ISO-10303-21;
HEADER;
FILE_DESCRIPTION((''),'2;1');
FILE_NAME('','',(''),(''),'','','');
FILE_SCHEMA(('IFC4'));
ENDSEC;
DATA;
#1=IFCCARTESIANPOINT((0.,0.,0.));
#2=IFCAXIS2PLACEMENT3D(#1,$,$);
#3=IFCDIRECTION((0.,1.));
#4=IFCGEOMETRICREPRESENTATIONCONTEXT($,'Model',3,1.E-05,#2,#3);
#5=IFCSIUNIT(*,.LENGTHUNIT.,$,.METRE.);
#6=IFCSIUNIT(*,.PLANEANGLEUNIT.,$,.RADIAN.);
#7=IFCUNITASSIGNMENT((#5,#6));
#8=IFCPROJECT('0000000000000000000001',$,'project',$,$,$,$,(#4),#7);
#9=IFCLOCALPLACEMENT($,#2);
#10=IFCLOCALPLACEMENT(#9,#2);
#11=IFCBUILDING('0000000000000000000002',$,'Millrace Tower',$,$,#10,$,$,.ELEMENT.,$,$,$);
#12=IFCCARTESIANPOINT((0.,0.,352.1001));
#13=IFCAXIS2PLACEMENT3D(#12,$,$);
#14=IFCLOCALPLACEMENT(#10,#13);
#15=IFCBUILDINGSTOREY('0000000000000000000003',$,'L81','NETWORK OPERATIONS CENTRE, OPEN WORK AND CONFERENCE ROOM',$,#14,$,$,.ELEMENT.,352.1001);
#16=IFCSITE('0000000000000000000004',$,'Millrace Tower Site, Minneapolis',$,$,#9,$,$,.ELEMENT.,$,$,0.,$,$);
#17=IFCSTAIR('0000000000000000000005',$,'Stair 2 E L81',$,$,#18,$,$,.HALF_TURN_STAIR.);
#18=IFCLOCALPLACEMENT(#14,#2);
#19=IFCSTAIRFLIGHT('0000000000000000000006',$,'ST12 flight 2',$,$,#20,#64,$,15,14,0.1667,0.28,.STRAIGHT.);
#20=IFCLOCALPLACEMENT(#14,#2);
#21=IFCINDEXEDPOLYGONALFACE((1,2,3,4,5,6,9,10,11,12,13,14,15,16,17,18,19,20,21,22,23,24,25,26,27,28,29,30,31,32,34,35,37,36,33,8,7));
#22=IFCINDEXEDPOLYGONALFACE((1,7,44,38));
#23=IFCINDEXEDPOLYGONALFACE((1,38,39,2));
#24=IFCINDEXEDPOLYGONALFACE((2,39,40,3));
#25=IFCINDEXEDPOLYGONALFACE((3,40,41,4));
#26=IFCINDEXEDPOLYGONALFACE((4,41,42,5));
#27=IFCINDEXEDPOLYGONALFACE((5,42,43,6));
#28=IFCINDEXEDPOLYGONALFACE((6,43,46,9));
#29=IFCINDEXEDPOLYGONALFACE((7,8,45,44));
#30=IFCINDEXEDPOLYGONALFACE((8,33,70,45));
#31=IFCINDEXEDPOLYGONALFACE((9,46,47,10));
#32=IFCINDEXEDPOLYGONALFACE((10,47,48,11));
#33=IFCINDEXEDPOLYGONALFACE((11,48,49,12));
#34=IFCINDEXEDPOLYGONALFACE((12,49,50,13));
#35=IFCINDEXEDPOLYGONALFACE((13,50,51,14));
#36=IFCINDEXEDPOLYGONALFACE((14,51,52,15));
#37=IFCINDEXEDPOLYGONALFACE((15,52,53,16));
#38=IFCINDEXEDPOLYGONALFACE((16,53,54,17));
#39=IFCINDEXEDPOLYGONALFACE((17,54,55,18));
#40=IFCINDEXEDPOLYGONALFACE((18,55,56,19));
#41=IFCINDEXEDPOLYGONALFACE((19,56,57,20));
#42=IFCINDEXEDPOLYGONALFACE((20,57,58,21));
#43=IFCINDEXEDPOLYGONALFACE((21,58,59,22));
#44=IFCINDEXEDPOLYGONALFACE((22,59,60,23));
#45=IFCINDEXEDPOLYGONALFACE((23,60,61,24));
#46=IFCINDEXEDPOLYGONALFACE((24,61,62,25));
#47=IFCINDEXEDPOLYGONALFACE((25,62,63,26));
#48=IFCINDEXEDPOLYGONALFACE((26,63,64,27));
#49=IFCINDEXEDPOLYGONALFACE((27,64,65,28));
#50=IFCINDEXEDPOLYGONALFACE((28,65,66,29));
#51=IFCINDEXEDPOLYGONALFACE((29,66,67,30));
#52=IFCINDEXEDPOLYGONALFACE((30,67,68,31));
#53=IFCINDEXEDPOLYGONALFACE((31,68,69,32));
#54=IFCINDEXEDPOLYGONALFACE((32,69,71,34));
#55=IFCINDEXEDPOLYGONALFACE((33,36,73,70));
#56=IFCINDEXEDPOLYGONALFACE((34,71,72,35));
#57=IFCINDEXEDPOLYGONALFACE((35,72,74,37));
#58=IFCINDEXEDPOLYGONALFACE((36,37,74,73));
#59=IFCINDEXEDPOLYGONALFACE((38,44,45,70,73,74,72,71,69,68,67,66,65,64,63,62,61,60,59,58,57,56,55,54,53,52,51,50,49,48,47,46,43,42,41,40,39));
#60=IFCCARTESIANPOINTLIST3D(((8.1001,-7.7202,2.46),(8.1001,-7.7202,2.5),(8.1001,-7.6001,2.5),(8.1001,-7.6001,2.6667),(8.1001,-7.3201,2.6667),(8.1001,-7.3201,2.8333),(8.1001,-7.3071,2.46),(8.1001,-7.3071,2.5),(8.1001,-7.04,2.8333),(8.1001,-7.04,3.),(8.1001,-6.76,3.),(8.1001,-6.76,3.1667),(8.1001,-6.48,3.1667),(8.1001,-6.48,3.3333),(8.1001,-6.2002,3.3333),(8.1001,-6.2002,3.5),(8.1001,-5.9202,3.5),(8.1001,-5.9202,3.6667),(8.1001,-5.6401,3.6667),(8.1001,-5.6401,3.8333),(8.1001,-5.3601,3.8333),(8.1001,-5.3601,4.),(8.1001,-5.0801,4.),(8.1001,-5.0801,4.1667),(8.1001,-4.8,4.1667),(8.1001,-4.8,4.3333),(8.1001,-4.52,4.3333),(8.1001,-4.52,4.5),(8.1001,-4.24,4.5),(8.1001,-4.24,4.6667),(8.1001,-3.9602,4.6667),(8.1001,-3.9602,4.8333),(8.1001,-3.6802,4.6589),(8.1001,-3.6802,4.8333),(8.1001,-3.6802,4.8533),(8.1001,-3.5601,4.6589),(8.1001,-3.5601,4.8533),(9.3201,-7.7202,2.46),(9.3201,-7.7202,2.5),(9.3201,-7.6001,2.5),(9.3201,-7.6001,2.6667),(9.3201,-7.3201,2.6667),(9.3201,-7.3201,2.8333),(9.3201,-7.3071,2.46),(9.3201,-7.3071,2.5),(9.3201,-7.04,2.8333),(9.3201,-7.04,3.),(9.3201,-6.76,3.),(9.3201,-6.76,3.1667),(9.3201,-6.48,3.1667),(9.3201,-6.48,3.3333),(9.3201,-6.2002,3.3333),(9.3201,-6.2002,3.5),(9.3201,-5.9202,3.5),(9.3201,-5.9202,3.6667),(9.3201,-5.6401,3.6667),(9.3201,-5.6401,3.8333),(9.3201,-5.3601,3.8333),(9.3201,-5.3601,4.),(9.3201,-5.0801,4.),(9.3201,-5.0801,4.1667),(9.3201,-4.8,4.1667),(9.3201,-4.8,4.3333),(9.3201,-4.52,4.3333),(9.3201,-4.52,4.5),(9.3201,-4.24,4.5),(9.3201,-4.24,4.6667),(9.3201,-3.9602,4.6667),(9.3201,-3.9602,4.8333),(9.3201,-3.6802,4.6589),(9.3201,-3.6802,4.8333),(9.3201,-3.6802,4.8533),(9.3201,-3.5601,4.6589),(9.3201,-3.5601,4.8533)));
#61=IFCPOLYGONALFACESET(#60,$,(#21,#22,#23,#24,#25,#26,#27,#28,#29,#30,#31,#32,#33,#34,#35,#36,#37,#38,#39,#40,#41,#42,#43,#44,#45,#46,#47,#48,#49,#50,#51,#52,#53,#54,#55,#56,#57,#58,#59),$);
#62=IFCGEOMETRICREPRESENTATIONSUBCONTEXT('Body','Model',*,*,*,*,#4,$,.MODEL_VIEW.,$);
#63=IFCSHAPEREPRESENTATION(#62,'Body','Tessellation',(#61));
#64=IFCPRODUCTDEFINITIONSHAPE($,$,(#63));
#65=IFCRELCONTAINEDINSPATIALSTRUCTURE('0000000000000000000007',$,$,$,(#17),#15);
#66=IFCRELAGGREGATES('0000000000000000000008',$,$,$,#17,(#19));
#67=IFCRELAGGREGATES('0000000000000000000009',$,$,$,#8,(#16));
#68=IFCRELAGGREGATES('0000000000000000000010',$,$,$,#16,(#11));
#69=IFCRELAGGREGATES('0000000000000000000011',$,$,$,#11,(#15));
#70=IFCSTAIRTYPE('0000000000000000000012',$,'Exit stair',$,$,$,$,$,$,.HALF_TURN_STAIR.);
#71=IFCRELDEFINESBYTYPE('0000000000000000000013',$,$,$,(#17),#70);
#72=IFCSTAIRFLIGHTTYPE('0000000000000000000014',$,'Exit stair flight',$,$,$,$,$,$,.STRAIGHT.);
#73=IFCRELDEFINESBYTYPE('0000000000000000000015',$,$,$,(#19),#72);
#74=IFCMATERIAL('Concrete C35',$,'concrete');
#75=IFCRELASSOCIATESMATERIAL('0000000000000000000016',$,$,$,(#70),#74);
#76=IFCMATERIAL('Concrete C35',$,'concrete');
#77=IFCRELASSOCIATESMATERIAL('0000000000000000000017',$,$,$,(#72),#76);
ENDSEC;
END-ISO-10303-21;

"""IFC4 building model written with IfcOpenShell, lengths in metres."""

from ifc_helpers import new_model, si_unit, direction, frame, origin, place, context, subcontext, project, spatial, polyline, outline, extrude, material, type_object, element, aggregate, save


model = new_model("IFC4")

# Units and contexts
model_context = context("Model", 3, precision=1e-05, world=origin(), true_north=direction((0.0, 1.0)))
body_context = subcontext(model_context, "Body", "Model", "MODEL_VIEW")
ifc_project = project(units=[si_unit("LENGTHUNIT", "METRE"), si_unit("PLANEANGLEUNIT", "RADIAN")], contexts=[model_context])

# Site, building, storey
site_placement = place(None, origin())
site = spatial("IfcSite", under=ifc_project, at=site_placement, Name="Millrace Tower Site, Minneapolis", CompositionType="ELEMENT", RefElevation=0.0)
building_placement = place(site_placement, origin())
building = spatial("IfcBuilding", under=site, at=building_placement, Name="Millrace Tower", CompositionType="ELEMENT")
storey_placement = place(building_placement, frame((0.0, 0.0, 352.1001)))
storey = spatial("IfcBuildingStorey", under=building, at=storey_placement, Name="L81", Description="NETWORK OPERATIONS CENTRE, OPEN WORK AND CONFERENCE ROOM", CompositionType="ELEMENT", Elevation=352.1001)

# Shared definitions
placement_1 = place(storey_placement, origin())

# Stair
ifc_material_1 = material(Name="Concrete C35", Category="concrete")
stair_type = type_object("IfcStairType", Name="Exit stair", PredefinedType="HALF_TURN_STAIR", material=ifc_material_1)
stair_1 = element("IfcStair", 1, at=placement_1, inside=storey, type_object=stair_type, Name="Stair 2 E L81", PredefinedType="HALF_TURN_STAIR")

# Stair flight
ifc_material_2 = material(Name="Concrete C35", Category="concrete")
stair_flight_type = type_object("IfcStairFlightType", Name="Exit stair flight", PredefinedType="STRAIGHT", material=ifc_material_2)
stair_flight_1_placement = place(storey_placement, frame((8.71, -7.6001, 2.5), z_axis=(0.0, 0.0, 1.0), x_axis=(0.0, 1.0, 0.0)))
stair_flight_1 = element("IfcStairFlight", 2, at=stair_flight_1_placement, type_object=stair_flight_type, Name="ST12 flight 2", NumberOfRisers=15, NumberOfTreads=14, PredefinedType="STRAIGHT", RiserHeight=0.1667, TreadLength=0.28, context=body_context, shape_type="SweptSolid", body=[
    extrude(outline(polyline([(-0.1201, -0.04), (-0.1201, 0.0), (0.0, 0.0), (0.0, 0.1667), (0.28, 0.1667), (0.28, 0.3333), (0.5601, 0.3333), (0.5601, 0.5), (0.8401, 0.5), (0.8401, 0.6667), (1.1201, 0.6667), (1.1201, 0.8333), (1.3999, 0.8333), (1.3999, 1.0), (1.6799, 1.0), (1.6799, 1.1667), (1.96, 1.1667), (1.96, 1.3333), (2.24, 1.3333), (2.24, 1.5), (2.52, 1.5), (2.52, 1.6667), (2.8, 1.6667), (2.8, 1.8333), (3.0801, 1.8333), (3.0801, 2.0), (3.3601, 2.0), (3.3601, 2.1667), (3.6399, 2.1667), (3.6399, 2.3333), (3.9199, 2.3333), (3.9199, 2.3533), (4.04, 2.3533), (4.04, 2.1589), (3.9199, 2.1589), (0.293, 0.0), (0.293, -0.04), (-0.1201, -0.04)])), frame((0.0, 0.6099, 0.0), z_axis=(0.0, -1.0, 0.0), x_axis=(1.0, 0.0, 0.0)), (0.0, 0.0, 1.0), 1.22),
])
aggregate(stair_1, [stair_flight_1])

save(model, "model.ifc")
